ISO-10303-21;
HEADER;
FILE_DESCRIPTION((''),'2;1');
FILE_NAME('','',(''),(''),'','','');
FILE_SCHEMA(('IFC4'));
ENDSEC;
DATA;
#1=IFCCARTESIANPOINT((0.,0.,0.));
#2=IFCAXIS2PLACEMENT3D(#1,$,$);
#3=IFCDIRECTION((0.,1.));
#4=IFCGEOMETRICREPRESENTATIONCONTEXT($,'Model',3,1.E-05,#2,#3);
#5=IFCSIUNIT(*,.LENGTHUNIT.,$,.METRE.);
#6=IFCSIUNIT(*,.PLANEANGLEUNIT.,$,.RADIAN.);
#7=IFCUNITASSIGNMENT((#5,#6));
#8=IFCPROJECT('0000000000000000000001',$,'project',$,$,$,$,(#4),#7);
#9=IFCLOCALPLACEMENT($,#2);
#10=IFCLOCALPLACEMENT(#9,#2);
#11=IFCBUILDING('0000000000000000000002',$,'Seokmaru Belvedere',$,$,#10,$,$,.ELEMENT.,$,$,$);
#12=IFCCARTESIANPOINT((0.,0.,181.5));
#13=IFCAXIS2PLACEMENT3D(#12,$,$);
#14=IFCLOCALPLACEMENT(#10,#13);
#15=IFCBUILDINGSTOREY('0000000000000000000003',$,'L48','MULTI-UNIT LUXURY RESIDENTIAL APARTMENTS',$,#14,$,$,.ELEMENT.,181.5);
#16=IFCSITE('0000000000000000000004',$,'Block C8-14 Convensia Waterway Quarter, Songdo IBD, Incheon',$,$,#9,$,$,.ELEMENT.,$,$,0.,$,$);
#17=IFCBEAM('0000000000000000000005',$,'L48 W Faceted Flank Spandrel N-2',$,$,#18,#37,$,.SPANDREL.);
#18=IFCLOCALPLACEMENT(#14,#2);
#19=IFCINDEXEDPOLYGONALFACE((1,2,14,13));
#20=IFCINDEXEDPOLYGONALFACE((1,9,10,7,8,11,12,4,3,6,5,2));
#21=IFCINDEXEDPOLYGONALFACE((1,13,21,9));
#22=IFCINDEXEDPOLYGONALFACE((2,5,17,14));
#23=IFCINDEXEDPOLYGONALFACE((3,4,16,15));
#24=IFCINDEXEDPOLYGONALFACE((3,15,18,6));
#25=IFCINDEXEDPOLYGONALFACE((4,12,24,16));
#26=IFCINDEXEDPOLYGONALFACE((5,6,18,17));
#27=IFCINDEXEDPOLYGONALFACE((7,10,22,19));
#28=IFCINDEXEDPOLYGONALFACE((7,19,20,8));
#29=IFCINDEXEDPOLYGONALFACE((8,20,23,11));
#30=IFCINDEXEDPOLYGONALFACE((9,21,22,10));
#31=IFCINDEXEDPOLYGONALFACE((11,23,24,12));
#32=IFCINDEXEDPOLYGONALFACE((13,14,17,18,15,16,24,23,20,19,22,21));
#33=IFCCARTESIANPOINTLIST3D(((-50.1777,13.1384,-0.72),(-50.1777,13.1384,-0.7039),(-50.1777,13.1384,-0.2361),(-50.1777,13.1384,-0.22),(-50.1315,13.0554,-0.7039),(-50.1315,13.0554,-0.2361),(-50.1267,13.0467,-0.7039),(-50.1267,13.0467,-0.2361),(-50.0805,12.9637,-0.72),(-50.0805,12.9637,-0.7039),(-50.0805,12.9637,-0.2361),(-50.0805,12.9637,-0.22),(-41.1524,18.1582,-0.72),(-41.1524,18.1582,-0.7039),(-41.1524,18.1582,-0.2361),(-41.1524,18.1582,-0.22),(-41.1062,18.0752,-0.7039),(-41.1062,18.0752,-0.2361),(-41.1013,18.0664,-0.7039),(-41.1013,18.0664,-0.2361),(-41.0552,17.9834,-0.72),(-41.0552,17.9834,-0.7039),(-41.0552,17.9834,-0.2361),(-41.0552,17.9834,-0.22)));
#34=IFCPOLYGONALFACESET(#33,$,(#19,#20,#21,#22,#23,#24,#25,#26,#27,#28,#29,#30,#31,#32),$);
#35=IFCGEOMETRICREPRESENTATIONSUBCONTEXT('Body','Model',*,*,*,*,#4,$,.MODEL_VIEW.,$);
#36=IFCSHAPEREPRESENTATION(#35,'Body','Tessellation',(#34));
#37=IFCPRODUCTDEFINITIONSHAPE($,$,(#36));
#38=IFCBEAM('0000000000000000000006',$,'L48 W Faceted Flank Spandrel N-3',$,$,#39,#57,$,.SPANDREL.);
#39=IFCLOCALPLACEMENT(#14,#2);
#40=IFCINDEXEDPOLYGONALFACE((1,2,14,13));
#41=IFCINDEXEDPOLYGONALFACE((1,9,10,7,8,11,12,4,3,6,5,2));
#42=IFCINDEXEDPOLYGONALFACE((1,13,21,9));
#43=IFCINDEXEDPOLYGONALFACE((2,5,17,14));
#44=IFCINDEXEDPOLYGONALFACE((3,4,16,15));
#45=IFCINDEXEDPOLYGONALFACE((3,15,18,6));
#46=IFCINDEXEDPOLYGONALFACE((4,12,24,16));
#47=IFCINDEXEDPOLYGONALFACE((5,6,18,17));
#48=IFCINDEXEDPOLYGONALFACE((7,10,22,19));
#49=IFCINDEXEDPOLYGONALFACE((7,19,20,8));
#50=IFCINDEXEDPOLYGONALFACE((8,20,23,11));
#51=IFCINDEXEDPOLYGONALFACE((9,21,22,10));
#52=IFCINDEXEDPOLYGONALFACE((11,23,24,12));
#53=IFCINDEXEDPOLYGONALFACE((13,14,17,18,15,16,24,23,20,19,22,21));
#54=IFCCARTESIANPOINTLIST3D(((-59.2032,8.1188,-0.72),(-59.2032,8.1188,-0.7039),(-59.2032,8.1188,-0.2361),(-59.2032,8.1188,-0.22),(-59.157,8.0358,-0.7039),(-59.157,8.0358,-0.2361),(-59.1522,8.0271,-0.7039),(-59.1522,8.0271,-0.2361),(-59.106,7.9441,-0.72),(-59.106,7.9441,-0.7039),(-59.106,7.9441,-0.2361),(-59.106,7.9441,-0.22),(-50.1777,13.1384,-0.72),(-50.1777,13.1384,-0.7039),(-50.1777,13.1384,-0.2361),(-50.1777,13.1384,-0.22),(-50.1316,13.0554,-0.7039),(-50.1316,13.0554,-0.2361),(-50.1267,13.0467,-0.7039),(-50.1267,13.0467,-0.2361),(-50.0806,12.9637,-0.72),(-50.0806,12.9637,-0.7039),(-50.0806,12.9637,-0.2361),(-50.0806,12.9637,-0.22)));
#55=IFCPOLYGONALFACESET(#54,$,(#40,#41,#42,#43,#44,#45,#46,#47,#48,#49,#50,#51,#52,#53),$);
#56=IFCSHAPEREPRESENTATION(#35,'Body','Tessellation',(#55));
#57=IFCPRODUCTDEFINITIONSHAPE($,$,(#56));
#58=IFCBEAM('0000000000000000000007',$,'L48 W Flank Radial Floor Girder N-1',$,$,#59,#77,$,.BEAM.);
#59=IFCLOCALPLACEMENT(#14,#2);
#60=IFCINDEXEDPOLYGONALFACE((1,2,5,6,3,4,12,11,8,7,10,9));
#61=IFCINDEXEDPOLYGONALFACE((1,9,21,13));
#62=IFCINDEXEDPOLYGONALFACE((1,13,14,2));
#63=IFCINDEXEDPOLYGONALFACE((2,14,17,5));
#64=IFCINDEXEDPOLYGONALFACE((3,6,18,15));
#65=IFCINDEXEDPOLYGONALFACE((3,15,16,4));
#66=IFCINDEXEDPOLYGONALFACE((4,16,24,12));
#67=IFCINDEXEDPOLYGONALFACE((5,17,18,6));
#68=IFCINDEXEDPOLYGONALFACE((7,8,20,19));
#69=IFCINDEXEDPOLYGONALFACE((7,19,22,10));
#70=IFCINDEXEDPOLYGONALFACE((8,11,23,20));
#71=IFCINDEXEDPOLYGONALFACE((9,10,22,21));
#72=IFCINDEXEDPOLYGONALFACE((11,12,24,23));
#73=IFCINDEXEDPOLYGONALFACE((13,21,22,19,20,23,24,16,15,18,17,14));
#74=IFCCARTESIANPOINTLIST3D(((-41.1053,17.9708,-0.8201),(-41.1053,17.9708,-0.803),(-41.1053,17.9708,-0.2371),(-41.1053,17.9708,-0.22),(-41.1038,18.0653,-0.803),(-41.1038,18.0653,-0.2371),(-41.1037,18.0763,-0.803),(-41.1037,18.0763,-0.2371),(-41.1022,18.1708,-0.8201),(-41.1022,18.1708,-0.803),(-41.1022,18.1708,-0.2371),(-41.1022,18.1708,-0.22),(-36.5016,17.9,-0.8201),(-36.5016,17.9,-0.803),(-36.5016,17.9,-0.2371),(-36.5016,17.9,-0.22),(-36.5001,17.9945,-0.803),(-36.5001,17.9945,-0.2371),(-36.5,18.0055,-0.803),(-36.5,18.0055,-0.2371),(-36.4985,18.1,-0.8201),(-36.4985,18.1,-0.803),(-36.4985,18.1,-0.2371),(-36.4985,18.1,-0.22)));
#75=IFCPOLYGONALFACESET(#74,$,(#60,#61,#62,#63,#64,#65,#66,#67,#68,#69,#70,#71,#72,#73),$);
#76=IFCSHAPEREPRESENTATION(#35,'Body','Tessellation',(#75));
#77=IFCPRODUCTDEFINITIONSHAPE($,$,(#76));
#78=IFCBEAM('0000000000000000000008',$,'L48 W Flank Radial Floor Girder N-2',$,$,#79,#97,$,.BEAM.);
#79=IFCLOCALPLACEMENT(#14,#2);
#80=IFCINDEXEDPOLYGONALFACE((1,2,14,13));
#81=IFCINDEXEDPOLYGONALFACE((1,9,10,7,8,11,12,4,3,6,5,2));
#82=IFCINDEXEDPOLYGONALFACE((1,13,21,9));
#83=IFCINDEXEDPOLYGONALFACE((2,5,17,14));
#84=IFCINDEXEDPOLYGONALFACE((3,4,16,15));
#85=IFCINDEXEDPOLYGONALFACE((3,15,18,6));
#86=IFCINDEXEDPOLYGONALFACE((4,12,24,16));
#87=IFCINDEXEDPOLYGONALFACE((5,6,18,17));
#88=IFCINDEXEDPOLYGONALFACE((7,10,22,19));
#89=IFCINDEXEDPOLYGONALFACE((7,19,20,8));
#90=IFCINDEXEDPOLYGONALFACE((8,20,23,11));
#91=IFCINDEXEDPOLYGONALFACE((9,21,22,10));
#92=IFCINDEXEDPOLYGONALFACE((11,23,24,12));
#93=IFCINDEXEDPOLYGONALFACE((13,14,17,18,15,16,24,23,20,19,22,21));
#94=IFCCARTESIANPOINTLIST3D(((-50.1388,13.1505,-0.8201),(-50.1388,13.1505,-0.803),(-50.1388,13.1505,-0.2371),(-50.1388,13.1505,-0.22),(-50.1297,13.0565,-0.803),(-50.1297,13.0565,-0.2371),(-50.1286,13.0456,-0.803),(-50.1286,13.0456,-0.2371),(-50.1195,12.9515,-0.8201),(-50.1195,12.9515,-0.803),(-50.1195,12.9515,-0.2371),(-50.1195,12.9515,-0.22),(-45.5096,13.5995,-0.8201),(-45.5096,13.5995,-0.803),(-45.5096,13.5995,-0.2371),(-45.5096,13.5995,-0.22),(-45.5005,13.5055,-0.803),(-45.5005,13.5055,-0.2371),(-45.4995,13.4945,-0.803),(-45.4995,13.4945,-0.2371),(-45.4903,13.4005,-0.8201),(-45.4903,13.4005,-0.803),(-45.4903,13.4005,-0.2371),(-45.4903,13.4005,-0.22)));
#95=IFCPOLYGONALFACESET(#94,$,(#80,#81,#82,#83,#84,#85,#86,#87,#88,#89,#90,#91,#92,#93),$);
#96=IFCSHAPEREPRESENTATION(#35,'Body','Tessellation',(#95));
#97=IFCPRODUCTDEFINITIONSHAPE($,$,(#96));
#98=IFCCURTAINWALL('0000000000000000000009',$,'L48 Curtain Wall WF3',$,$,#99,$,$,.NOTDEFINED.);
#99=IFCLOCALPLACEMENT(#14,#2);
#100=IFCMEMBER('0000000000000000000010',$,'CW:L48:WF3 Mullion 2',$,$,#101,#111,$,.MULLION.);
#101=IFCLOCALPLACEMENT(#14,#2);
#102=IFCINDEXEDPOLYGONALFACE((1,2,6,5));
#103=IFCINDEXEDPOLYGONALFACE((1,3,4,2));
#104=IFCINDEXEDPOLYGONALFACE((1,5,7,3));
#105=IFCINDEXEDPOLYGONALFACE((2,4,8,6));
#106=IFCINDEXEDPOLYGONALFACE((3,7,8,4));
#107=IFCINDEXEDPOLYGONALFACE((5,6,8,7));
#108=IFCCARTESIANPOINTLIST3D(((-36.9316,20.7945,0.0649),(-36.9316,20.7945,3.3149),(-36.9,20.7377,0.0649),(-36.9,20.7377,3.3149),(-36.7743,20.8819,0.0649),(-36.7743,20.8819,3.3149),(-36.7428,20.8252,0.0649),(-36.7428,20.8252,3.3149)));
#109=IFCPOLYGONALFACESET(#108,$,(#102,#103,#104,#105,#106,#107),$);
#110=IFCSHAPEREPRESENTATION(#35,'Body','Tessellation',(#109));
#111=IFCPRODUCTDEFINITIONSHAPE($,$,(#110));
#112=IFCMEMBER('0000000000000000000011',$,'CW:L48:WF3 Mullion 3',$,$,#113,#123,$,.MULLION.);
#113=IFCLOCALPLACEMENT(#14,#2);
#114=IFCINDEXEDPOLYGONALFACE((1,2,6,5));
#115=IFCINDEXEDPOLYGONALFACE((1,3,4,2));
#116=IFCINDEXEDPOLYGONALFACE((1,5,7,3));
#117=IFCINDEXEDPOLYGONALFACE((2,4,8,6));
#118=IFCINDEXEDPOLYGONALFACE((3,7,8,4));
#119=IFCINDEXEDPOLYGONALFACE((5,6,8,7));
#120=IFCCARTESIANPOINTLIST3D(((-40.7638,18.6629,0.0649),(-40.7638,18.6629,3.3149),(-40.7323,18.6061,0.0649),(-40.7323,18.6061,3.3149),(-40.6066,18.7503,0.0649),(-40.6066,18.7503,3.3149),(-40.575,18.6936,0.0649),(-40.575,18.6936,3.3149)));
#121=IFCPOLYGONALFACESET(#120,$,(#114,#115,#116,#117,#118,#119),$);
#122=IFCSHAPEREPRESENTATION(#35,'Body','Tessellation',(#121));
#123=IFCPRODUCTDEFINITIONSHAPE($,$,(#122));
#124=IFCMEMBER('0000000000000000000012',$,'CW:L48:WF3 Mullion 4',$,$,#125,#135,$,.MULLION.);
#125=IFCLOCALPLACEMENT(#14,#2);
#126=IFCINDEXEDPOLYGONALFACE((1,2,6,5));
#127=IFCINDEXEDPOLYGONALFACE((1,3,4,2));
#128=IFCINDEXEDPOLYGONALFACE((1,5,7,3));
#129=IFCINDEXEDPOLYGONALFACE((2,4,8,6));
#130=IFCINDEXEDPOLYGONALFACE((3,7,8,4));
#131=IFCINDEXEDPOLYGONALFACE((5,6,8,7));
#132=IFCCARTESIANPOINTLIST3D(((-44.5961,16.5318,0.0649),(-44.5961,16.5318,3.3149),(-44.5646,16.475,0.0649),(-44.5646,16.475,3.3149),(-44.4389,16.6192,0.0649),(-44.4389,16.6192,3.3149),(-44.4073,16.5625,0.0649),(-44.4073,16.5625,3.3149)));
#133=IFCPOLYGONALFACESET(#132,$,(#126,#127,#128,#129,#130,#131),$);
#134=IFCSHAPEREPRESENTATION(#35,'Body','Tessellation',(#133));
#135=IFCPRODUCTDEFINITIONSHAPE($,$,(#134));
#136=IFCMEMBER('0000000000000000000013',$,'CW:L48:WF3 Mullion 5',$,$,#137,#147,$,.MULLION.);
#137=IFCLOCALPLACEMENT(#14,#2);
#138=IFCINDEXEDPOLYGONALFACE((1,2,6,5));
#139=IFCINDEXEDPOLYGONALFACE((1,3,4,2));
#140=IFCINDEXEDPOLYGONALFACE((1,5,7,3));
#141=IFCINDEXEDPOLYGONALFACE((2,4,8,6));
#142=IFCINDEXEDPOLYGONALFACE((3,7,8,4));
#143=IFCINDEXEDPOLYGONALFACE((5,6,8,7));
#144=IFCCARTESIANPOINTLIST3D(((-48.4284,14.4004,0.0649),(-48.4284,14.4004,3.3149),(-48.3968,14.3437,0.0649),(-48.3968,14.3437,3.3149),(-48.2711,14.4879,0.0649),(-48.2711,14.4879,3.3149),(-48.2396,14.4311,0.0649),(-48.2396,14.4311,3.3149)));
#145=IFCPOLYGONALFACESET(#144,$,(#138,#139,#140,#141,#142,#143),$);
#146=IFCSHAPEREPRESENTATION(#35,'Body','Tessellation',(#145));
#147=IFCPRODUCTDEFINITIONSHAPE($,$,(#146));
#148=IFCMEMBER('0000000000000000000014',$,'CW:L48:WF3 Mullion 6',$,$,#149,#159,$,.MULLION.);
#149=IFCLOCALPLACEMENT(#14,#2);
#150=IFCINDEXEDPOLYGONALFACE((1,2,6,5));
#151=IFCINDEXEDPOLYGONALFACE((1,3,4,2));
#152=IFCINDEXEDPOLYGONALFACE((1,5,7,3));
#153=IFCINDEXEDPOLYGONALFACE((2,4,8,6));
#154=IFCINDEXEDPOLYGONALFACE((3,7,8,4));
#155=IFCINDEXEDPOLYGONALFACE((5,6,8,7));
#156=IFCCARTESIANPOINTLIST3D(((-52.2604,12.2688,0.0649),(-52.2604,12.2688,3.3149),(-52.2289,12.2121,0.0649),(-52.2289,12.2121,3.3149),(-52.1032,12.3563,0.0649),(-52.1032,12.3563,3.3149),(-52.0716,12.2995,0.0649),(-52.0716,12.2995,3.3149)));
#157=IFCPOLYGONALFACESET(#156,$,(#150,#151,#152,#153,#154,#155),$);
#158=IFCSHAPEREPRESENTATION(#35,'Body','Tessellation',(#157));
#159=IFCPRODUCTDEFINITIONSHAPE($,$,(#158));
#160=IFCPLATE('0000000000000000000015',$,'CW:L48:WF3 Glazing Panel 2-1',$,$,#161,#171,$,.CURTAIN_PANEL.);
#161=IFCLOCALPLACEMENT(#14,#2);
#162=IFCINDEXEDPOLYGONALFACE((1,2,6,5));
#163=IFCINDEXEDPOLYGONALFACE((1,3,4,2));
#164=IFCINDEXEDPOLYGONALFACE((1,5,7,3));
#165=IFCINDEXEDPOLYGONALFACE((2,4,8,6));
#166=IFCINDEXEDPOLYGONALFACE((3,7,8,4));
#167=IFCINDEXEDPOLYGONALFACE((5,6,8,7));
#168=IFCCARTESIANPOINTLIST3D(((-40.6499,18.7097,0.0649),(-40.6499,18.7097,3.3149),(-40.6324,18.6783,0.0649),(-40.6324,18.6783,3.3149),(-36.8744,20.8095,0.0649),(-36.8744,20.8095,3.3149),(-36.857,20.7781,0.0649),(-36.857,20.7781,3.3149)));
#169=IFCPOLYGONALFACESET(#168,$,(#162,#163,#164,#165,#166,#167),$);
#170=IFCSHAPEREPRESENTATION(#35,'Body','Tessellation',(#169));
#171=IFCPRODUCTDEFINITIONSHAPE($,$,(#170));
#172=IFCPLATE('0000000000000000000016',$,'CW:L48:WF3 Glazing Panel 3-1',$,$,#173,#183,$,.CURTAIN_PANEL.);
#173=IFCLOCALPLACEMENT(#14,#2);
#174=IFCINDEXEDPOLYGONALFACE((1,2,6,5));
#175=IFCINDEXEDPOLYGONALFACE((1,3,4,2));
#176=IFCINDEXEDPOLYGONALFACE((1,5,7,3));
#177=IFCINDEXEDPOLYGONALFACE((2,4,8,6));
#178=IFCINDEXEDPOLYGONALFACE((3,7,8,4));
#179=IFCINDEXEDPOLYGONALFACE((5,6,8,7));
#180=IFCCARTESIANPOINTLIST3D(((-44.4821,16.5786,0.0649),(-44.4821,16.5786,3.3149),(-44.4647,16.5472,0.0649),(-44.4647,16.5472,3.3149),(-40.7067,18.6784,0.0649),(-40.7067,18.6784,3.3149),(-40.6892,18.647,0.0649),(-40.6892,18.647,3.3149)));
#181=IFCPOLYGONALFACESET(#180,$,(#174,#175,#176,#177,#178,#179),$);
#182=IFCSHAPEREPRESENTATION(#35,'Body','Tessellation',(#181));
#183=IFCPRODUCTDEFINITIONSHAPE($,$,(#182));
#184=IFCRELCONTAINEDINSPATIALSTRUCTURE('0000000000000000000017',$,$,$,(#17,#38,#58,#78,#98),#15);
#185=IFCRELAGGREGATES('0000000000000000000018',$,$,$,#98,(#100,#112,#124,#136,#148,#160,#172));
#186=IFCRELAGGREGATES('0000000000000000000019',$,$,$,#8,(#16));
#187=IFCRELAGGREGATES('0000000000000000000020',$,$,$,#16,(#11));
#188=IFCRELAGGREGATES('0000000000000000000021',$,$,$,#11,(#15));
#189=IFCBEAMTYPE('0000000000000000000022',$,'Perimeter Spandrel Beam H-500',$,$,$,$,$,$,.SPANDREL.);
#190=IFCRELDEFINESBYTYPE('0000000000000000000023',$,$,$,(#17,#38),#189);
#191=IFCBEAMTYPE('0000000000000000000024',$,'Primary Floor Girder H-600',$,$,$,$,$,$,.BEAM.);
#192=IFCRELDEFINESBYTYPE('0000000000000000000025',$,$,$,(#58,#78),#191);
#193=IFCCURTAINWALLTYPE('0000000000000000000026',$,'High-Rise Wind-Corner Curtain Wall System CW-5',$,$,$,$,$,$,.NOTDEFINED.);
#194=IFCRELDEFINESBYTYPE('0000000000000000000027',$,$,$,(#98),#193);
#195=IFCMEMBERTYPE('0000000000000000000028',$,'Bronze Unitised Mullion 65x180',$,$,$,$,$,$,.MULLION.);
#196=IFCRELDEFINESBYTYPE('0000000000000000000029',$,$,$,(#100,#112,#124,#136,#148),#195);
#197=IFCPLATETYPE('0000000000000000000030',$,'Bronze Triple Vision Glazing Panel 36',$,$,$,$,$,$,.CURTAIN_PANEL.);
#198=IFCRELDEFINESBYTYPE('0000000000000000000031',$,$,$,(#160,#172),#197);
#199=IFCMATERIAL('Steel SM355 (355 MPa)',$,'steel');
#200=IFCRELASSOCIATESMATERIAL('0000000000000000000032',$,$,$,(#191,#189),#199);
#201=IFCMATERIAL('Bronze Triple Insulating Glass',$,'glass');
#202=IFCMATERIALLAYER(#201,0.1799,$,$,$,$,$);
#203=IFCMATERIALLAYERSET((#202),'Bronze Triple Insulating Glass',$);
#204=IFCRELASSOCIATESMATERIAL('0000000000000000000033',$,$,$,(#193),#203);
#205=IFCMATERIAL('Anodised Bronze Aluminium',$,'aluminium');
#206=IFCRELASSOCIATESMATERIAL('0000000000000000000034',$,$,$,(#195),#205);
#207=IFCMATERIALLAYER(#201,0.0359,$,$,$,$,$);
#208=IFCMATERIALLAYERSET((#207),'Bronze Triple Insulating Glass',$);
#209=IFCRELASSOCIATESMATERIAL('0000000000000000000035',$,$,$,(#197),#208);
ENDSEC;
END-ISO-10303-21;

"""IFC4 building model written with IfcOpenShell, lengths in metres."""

from ifc_helpers import new_model, si_unit, direction, frame, origin, origin_2d, place, context, subcontext, project, spatial, rectangle, i_section, extrude, source, transform, mapped, material, layer, layer_set, material_profile, profile_set, type_object, type_shapes, element, aggregate, save


model = new_model("IFC4")

# Units and contexts
model_context = context("Model", 3, precision=1e-05, world=origin(), true_north=direction((0.0, 1.0)))
body_context = subcontext(model_context, "Body", "Model", "MODEL_VIEW")
ifc_project = project(units=[si_unit("LENGTHUNIT", "METRE"), si_unit("PLANEANGLEUNIT", "RADIAN")], contexts=[model_context])

# Site, building, storey
site_placement = place(None, origin())
site = spatial("IfcSite", under=ifc_project, at=site_placement, Name="Block C8-14 Convensia Waterway Quarter, Songdo IBD, Incheon", CompositionType="ELEMENT", RefElevation=0.0)
building_placement = place(site_placement, origin())
building = spatial("IfcBuilding", under=site, at=building_placement, Name="Seokmaru Belvedere", CompositionType="ELEMENT")
storey_placement = place(building_placement, frame((0.0, 0.0, 181.5)))
storey = spatial("IfcBuildingStorey", under=building, at=storey_placement, Name="L48", Description="MULTI-UNIT LUXURY RESIDENTIAL APARTMENTS", CompositionType="ELEMENT", Elevation=181.5)

# Shared definitions
ifc_material_1 = material(Name="Steel SM355 (355 MPa)", Category="steel")

# Beams
ifc_material_profile_1 = material_profile(ifc_material_1, i_section(OverallWidth=0.2, OverallDepth=0.6001, WebThickness=0.011, FlangeThickness=0.0171, at=origin_2d()), Name="H-600x200x11x17")
ifc_profile_set_1 = profile_set([ifc_material_profile_1], Name="Steel SM355 (355 MPa)")
beam_type_1 = type_object("IfcBeamType", Name="Primary Floor Girder H-600", PredefinedType="BEAM", material=ifc_profile_set_1)
ifc_material_profile_2 = material_profile(ifc_material_1, i_section(OverallWidth=0.2, OverallDepth=0.5, WebThickness=0.01, FlangeThickness=0.0161, at=origin_2d()), Name="H-500x200x10x16")
ifc_profile_set_2 = profile_set([ifc_material_profile_2], Name="Steel SM355 (355 MPa)")
beam_type_2 = type_object("IfcBeamType", Name="Perimeter Spandrel Beam H-500", PredefinedType="SPANDREL", material=ifc_profile_set_2)
shared_shape_1 = source(origin(), body_context, "Body", "SweptSolid", [
    extrude(i_section(OverallWidth=0.2, OverallDepth=0.5, WebThickness=0.01, FlangeThickness=0.0161, at=origin_2d()), origin(), (0.0, 0.0, 1.0), 10.3274),
])
type_shapes(beam_type_2, [shared_shape_1])
for number, where, z_axis, x_axis, name in (
    (1, (-41.1038, 18.0708, -0.47), (-0.873924, -0.486062, 0.0), (0.486062, -0.873924, 0.0), "L48 W Faceted Flank Spandrel N-2"),
    (2, (-50.1292, 13.051, -0.47), (-0.873934, -0.486044, 0.0), (0.486044, -0.873934, 0.0), "L48 W Faceted Flank Spandrel N-3"),
):
    element("IfcBeam", number, at=place(storey_placement, frame(where, z_axis=z_axis, x_axis=x_axis)), inside=storey, type_object=beam_type_2, Name=name, PredefinedType="SPANDREL", context=body_context, shape_type="MappedRepresentation", body=[
        mapped(shared_shape_1, transform((0.0, 0.0, 0.0), scale=1.0)),
    ])
shared_shape_2 = source(origin(), body_context, "Body", "SweptSolid", [
    extrude(i_section(OverallWidth=0.2, OverallDepth=0.6001, WebThickness=0.011, FlangeThickness=0.0171, at=origin_2d()), origin(), (0.0, 0.0, 1.0), 4.6042),
])
beam_1_placement = place(storey_placement, frame((-41.1038, 18.0708, -0.52), z_axis=(0.999882, -0.015377, 0.0), x_axis=(0.015377, 0.999882, 0.0)))
element("IfcBeam", 3, at=beam_1_placement, inside=storey, type_object=beam_type_1, Name="L48 W Flank Radial Floor Girder N-1", PredefinedType="BEAM", context=body_context, shape_type="MappedRepresentation", body=[
    mapped(shared_shape_2, transform((0.0, 0.0, 0.0), scale=1.0)),
])
shared_shape_3 = source(origin(), body_context, "Body", "SweptSolid", [
    extrude(i_section(OverallWidth=0.2, OverallDepth=0.6001, WebThickness=0.011, FlangeThickness=0.0171, at=origin_2d()), origin(), (0.0, 0.0, 1.0), 4.6509),
])
beam_2_placement = place(storey_placement, frame((-50.1292, 13.051, -0.52), z_axis=(0.99533, 0.096536, 0.0), x_axis=(-0.096536, 0.99533, 0.0)))
element("IfcBeam", 4, at=beam_2_placement, inside=storey, type_object=beam_type_1, Name="L48 W Flank Radial Floor Girder N-2", PredefinedType="BEAM", context=body_context, shape_type="MappedRepresentation", body=[
    mapped(shared_shape_3, transform((0.0, 0.0, 0.0), scale=1.0)),
])

# Curtain wall, members, plates
ifc_material_2 = material(Name="Bronze Triple Insulating Glass", Category="glass")
ifc_layer_1 = layer(ifc_material_2, 0.1799)
ifc_layer_set_1 = layer_set([ifc_layer_1], Name="Bronze Triple Insulating Glass")
curtain_wall_type = type_object("IfcCurtainWallType", Name="High-Rise Wind-Corner Curtain Wall System CW-5", PredefinedType="NOTDEFINED", material=ifc_layer_set_1)
curtain_wall_placement = place(storey_placement, origin())
curtain_wall = element("IfcCurtainWall", 5, at=curtain_wall_placement, inside=storey, type_object=curtain_wall_type, Name="L48 Curtain Wall WF3", PredefinedType="NOTDEFINED")
ifc_material_3 = material(Name="Anodised Bronze Aluminium", Category="aluminium")
ifc_material_profile_3 = material_profile(ifc_material_3, rectangle(XDim=0.0649, YDim=0.1799, at=origin_2d()), Name="CW-M-65x180")
ifc_profile_set_3 = profile_set([ifc_material_profile_3], Name="Anodised Bronze Aluminium")
member_type = type_object("IfcMemberType", Name="Bronze Unitised Mullion 65x180", PredefinedType="MULLION", material=ifc_profile_set_3)
shared_shape_4 = source(origin(), body_context, "Body", "SweptSolid", [
    extrude(rectangle(XDim=0.0649, YDim=0.1799, at=origin_2d()), origin(), (0.0, 0.0, 1.0), 3.25),
])
type_shapes(member_type, [shared_shape_4])
member_1_placement = place(storey_placement, frame((-36.8372, 20.8098, 0.0649), z_axis=(0.0, 0.0, 1.0), x_axis=(0.486047, -0.873933, 0.0)))
member_1 = element("IfcMember", 6, at=member_1_placement, type_object=member_type, Name="CW:L48:WF3 Mullion 2", PredefinedType="MULLION", context=body_context, shape_type="MappedRepresentation", body=[
    mapped(shared_shape_4, transform((0.0, 0.0, 0.0), scale=1.0)),
])
member_2_placement = place(storey_placement, frame((-40.6694, 18.6782, 0.0649), z_axis=(0.0, 0.0, 1.0), x_axis=(0.486047, -0.873933, 0.0)))
member_2 = element("IfcMember", 7, at=member_2_placement, type_object=member_type, Name="CW:L48:WF3 Mullion 3", PredefinedType="MULLION", context=body_context, shape_type="MappedRepresentation", body=[
    mapped(shared_shape_4, transform((0.0, 0.0, 0.0), scale=1.0)),
])
member_3_placement = place(storey_placement, frame((-44.5017, 16.5471, 0.0649), z_axis=(0.0, 0.0, 1.0), x_axis=(0.486047, -0.873933, 0.0)))
member_3 = element("IfcMember", 8, at=member_3_placement, type_object=member_type, Name="CW:L48:WF3 Mullion 4", PredefinedType="MULLION", context=body_context, shape_type="MappedRepresentation", body=[
    mapped(shared_shape_4, transform((0.0, 0.0, 0.0), scale=1.0)),
])
member_4_placement = place(storey_placement, frame((-48.334, 14.4158, 0.0649), z_axis=(0.0, 0.0, 1.0), x_axis=(0.486047, -0.873933, 0.0)))
member_4 = element("IfcMember", 9, at=member_4_placement, type_object=member_type, Name="CW:L48:WF3 Mullion 5", PredefinedType="MULLION", context=body_context, shape_type="MappedRepresentation", body=[
    mapped(shared_shape_4, transform((0.0, 0.0, 0.0), scale=1.0)),
])
member_5_placement = place(storey_placement, frame((-52.166, 12.2842, 0.0649), z_axis=(0.0, 0.0, 1.0), x_axis=(0.486047, -0.873933, 0.0)))
member_5 = element("IfcMember", 10, at=member_5_placement, type_object=member_type, Name="CW:L48:WF3 Mullion 6", PredefinedType="MULLION", context=body_context, shape_type="MappedRepresentation", body=[
    mapped(shared_shape_4, transform((0.0, 0.0, 0.0), scale=1.0)),
])
ifc_layer_2 = layer(ifc_material_2, 0.0359)
ifc_layer_set_2 = layer_set([ifc_layer_2], Name="Bronze Triple Insulating Glass")
plate_type = type_object("IfcPlateType", Name="Bronze Triple Vision Glazing Panel 36", PredefinedType="CURTAIN_PANEL", material=ifc_layer_set_2)
shared_shape_5 = source(origin(), body_context, "Body", "SweptSolid", [
    extrude(rectangle(XDim=4.3201, YDim=0.0359, at=origin_2d()), origin(), (0.0, 0.0, 1.0), 3.25),
])
type_shapes(plate_type, [shared_shape_5])
plate_1_placement = place(storey_placement, frame((-38.7534, 19.7439, 0.0649), z_axis=(0.0, 0.0, 1.0), x_axis=(-0.873933, -0.486047, 0.0)))
plate_1 = element("IfcPlate", 11, at=plate_1_placement, type_object=plate_type, Name="CW:L48:WF3 Glazing Panel 2-1", PredefinedType="CURTAIN_PANEL", context=body_context, shape_type="MappedRepresentation", body=[
    mapped(shared_shape_5, transform((0.0, 0.0, 0.0), scale=1.0)),
])
plate_2_placement = place(storey_placement, frame((-42.5857, 17.6128, 0.0649), z_axis=(0.0, 0.0, 1.0), x_axis=(-0.873933, -0.486047, 0.0)))
plate_2 = element("IfcPlate", 12, at=plate_2_placement, type_object=plate_type, Name="CW:L48:WF3 Glazing Panel 3-1", PredefinedType="CURTAIN_PANEL", context=body_context, shape_type="MappedRepresentation", body=[
    mapped(shared_shape_5, transform((0.0, 0.0, 0.0), scale=1.0)),
])
aggregate(curtain_wall, [member_1, member_2, member_3, member_4, member_5, plate_1, plate_2])

save(model, "model.ifc")
